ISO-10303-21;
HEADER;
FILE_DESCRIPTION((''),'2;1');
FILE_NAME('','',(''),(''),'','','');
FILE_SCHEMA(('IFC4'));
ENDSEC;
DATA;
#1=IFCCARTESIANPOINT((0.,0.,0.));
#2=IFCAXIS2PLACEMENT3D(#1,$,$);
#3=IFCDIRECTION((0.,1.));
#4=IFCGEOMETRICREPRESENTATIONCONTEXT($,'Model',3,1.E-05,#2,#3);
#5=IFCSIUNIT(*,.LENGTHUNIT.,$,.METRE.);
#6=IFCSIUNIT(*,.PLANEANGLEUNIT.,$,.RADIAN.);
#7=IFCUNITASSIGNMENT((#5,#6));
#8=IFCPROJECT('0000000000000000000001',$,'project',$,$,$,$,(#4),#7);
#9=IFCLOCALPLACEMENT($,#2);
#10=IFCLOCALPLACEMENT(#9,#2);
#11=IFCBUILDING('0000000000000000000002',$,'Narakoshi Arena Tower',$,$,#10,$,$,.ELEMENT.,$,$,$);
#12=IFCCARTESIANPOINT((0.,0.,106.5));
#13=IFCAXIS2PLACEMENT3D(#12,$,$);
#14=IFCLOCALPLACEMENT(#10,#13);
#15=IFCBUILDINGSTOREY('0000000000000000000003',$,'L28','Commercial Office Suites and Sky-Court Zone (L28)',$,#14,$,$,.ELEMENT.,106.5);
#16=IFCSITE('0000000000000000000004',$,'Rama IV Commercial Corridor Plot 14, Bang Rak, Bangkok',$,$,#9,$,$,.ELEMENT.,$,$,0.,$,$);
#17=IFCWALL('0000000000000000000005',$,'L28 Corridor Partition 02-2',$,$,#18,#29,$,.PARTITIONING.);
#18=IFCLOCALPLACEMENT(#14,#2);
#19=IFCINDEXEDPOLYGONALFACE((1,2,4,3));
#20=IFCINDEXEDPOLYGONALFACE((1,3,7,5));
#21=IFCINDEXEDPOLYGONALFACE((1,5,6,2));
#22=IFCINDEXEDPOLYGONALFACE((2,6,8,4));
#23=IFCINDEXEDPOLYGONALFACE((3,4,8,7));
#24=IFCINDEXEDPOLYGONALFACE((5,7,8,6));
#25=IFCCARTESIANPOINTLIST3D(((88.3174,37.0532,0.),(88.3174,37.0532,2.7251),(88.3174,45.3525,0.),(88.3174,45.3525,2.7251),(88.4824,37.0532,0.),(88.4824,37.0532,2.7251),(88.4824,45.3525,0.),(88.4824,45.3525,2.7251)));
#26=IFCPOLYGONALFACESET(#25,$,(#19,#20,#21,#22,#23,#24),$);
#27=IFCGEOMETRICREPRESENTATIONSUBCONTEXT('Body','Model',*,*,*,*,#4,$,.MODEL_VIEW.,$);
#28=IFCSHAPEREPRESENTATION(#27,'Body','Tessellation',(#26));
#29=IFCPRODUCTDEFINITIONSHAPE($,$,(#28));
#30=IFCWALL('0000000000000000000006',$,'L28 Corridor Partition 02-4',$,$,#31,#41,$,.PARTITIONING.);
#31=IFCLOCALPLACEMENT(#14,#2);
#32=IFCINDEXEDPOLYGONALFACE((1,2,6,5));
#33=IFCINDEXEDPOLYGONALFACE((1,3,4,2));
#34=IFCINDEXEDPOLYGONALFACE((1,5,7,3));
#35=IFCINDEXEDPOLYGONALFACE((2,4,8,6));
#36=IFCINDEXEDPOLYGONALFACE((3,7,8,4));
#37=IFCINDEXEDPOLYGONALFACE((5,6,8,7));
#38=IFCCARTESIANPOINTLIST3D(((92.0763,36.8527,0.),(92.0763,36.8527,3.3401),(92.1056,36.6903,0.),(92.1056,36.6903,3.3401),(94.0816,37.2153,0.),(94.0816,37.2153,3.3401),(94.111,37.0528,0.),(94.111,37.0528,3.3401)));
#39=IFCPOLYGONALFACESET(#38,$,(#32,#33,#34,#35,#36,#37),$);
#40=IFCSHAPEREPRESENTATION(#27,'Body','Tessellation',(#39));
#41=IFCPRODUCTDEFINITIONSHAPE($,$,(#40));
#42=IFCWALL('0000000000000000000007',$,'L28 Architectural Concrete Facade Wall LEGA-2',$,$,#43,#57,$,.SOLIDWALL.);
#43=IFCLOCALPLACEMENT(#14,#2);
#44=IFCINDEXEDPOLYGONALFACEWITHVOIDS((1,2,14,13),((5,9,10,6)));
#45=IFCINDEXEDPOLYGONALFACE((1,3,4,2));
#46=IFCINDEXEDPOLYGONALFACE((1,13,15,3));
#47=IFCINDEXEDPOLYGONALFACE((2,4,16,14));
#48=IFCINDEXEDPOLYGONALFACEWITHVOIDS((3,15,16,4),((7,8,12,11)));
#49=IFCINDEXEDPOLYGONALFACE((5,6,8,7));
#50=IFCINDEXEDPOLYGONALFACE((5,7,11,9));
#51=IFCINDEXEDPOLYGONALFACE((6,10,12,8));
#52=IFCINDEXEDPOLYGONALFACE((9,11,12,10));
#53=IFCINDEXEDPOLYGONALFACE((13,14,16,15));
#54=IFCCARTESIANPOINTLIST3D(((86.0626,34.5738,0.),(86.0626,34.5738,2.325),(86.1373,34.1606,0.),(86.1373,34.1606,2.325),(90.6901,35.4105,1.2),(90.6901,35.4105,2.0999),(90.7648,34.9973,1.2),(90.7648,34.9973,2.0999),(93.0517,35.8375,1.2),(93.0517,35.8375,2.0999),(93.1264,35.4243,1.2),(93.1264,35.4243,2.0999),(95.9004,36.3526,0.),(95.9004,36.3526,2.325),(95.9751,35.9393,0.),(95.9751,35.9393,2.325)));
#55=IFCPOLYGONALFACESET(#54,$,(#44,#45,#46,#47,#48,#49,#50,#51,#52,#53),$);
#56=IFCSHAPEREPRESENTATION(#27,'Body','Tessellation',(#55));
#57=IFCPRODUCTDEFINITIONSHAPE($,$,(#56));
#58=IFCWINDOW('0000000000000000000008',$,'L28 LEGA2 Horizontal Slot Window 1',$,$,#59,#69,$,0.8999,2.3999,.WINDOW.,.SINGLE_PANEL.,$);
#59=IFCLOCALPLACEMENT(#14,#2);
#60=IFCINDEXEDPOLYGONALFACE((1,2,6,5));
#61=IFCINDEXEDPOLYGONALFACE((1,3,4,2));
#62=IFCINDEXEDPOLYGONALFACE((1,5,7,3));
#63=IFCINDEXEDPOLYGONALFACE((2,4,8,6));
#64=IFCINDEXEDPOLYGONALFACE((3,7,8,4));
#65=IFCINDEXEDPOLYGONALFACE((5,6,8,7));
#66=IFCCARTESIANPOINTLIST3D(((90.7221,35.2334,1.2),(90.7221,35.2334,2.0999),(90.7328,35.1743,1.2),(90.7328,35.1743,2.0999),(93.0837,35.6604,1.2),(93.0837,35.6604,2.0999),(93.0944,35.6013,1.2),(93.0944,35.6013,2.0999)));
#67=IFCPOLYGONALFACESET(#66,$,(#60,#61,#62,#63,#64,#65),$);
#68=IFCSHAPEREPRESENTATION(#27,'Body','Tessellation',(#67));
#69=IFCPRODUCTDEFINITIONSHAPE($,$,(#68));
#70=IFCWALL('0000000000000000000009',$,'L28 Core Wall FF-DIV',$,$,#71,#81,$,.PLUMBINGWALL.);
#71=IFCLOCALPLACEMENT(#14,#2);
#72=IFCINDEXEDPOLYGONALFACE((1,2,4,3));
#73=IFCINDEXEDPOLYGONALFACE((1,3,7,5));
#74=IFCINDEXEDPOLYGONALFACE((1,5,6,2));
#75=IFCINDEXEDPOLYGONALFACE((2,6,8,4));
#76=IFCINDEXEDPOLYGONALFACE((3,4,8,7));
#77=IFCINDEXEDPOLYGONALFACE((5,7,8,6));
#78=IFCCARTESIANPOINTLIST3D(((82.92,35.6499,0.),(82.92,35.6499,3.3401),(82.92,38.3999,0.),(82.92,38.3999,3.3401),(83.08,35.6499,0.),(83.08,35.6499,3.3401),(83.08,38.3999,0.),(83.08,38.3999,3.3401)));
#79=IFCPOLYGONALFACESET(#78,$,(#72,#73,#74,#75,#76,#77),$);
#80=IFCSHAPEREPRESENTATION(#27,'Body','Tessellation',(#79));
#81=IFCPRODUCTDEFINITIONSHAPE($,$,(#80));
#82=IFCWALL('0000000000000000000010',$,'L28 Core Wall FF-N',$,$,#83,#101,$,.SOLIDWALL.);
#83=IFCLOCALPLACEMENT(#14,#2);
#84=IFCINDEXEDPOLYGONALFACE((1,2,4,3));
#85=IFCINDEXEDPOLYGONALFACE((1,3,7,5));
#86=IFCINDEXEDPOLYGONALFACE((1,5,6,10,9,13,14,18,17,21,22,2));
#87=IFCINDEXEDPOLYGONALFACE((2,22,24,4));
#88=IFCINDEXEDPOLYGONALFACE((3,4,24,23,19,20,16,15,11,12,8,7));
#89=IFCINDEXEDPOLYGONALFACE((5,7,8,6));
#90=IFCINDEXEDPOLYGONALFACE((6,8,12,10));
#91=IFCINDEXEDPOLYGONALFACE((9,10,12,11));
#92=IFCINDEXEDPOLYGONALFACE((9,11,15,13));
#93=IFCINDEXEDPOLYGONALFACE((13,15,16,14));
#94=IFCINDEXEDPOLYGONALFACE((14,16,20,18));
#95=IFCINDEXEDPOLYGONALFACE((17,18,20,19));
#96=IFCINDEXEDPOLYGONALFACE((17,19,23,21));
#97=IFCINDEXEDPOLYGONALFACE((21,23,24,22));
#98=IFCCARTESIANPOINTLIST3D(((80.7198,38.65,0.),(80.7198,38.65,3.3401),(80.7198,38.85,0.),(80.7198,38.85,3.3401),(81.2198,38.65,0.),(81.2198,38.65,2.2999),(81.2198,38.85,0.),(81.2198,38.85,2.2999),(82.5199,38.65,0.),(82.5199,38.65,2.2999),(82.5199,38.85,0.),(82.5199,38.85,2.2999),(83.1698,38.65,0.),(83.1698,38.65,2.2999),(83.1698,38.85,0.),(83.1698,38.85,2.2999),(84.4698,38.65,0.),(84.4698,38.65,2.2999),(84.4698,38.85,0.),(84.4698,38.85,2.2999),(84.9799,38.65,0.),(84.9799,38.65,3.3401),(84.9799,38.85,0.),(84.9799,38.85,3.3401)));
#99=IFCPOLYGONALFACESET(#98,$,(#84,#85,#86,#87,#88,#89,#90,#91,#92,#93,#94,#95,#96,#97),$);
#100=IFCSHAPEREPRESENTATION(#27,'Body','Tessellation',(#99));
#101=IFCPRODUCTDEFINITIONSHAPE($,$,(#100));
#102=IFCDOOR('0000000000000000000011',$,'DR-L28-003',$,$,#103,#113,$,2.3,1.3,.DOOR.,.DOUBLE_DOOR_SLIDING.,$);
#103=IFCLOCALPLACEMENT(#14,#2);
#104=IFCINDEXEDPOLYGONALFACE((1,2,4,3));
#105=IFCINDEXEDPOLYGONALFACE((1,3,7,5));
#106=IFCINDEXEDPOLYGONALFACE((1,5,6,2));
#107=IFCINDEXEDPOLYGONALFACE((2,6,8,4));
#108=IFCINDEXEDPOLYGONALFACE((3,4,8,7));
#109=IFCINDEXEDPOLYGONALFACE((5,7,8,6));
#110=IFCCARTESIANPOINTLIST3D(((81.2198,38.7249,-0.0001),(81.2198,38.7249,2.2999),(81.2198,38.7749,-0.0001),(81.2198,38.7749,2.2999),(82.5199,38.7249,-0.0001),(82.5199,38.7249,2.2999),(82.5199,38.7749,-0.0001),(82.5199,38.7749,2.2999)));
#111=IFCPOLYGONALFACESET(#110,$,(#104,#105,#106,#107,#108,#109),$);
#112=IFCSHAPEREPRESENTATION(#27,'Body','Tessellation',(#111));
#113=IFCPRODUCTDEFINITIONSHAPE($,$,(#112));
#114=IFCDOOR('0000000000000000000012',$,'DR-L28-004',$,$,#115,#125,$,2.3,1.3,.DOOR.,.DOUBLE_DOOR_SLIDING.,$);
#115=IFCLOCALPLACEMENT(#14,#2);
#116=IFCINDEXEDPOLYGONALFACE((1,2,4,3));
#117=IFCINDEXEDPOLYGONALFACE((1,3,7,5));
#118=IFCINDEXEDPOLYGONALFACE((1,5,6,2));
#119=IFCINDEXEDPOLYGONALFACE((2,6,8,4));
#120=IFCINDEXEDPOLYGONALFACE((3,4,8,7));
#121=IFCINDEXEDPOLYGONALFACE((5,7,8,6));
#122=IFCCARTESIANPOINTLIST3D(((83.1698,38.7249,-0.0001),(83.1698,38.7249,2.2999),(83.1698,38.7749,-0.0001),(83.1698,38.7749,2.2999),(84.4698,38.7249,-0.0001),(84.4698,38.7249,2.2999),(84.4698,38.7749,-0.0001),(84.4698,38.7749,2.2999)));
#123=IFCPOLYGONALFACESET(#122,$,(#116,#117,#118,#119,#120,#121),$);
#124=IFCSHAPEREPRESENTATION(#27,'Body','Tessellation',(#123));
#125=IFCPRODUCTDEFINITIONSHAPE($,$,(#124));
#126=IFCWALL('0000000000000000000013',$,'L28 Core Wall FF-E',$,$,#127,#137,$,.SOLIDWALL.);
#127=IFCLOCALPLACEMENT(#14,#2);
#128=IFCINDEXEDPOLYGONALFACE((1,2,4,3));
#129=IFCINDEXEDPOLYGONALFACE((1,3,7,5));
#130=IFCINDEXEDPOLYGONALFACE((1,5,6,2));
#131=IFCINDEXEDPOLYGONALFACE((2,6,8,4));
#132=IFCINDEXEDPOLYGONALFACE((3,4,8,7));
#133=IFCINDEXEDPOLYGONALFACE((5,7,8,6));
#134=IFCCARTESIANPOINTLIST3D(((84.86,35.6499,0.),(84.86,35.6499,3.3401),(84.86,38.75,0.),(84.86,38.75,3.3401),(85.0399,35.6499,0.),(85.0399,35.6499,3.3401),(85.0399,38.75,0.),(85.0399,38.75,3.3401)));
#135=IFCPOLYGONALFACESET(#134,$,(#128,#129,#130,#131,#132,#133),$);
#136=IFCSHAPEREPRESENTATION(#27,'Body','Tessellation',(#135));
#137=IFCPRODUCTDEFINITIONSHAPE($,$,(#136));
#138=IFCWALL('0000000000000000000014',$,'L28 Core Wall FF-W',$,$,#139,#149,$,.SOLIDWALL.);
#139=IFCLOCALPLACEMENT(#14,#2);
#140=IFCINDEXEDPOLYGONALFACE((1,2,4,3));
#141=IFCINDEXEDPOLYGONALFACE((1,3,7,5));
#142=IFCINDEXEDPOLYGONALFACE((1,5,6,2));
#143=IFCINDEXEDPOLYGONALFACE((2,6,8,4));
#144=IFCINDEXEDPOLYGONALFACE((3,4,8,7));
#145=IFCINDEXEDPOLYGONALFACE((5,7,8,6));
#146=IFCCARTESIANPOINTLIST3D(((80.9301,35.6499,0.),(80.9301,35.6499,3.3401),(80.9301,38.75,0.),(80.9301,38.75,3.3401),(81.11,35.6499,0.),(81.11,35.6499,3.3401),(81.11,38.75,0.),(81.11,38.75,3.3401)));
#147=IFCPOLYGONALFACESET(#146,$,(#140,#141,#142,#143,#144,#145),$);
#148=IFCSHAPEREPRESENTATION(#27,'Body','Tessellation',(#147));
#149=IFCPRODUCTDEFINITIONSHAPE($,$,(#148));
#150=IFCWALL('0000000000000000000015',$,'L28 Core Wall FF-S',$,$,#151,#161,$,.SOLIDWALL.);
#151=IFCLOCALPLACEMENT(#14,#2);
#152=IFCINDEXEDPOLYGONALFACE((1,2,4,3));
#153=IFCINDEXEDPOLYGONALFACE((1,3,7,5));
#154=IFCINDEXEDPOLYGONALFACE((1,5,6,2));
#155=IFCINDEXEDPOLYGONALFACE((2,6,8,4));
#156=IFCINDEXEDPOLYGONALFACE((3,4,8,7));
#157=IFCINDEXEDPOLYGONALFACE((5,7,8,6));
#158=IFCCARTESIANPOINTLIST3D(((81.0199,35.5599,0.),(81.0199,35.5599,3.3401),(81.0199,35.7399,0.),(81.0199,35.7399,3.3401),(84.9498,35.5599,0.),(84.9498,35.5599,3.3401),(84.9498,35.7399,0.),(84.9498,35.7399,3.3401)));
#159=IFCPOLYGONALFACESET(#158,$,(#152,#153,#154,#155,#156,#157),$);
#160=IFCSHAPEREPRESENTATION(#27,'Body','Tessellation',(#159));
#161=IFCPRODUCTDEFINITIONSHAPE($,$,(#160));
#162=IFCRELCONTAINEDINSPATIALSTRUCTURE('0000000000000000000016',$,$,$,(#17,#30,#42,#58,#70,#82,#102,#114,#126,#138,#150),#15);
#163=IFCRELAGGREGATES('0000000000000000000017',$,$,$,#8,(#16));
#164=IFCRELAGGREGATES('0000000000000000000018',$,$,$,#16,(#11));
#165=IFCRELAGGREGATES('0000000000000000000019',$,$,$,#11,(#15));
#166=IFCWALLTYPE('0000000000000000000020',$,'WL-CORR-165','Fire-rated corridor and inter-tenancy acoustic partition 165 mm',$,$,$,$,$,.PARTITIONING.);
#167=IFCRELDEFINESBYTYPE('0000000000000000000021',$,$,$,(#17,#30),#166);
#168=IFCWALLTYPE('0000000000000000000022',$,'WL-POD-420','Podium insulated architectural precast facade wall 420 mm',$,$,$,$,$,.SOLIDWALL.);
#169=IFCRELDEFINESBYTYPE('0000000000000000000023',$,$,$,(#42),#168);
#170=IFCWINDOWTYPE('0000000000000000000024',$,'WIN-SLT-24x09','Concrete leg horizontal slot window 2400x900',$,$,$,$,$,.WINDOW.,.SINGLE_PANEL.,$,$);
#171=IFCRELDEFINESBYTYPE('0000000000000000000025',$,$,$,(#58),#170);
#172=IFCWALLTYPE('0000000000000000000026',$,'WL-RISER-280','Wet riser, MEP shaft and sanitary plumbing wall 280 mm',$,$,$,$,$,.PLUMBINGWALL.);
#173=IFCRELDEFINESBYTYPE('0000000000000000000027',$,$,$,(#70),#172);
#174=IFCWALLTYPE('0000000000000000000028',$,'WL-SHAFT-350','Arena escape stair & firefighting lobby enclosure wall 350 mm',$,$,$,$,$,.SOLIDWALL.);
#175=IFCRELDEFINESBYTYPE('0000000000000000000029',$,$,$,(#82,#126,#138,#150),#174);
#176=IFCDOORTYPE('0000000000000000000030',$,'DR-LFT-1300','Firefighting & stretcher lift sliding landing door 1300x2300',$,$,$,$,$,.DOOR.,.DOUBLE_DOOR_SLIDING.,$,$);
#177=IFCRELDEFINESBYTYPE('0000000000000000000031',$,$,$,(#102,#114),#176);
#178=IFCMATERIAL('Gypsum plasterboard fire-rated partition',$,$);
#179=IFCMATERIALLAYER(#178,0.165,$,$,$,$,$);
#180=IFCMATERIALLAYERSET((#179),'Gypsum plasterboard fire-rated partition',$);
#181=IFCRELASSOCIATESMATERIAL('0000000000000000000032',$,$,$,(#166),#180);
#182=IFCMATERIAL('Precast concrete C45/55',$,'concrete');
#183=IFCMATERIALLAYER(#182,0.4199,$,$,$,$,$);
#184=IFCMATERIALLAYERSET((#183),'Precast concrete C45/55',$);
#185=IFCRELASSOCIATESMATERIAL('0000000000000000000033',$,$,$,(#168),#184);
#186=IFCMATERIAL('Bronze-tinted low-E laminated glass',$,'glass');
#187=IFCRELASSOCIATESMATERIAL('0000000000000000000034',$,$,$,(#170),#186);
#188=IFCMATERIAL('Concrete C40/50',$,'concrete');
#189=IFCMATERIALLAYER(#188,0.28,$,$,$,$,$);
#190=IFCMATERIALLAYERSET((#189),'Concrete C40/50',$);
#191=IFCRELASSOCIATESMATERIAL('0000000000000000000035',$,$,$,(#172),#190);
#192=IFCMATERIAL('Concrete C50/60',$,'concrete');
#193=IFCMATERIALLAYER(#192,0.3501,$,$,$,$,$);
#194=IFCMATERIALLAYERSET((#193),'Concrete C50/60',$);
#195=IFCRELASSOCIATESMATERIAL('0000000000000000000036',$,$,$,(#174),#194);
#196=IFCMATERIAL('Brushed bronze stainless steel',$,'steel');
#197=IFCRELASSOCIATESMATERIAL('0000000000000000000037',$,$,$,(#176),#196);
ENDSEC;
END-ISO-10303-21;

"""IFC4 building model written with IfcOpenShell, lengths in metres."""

from ifc_helpers import new_model, si_unit, direction, frame, frame_2d, origin, place, context, subcontext, project, spatial, rectangle, extrude, material, layer, layer_set, type_object, element, fill, save


model = new_model("IFC4")

# Units and contexts
model_context = context("Model", 3, precision=1e-05, world=origin(), true_north=direction((0.0, 1.0)))
body_context = subcontext(model_context, "Body", "Model", "MODEL_VIEW")
ifc_project = project(units=[si_unit("LENGTHUNIT", "METRE"), si_unit("PLANEANGLEUNIT", "RADIAN")], contexts=[model_context])

# Site, building, storey
site_placement = place(None, origin())
site = spatial("IfcSite", under=ifc_project, at=site_placement, Name="Rama IV Commercial Corridor Plot 14, Bang Rak, Bangkok", CompositionType="ELEMENT", RefElevation=0.0)
building_placement = place(site_placement, origin())
building = spatial("IfcBuilding", under=site, at=building_placement, Name="Narakoshi Arena Tower", CompositionType="ELEMENT")
storey_placement = place(building_placement, frame((0.0, 0.0, 106.5)))
storey = spatial("IfcBuildingStorey", under=building, at=storey_placement, Name="L28", Description="Commercial Office Suites and Sky-Court Zone (L28)", CompositionType="ELEMENT", Elevation=106.5)

# Walls
ifc_material_1 = material(Name="Gypsum plasterboard fire-rated partition")
ifc_layer_1 = layer(ifc_material_1, 0.165)
ifc_layer_set_1 = layer_set([ifc_layer_1], Name="Gypsum plasterboard fire-rated partition")
wall_type_1 = type_object("IfcWallType", Name="WL-CORR-165", Description="Fire-rated corridor and inter-tenancy acoustic partition 165 mm", PredefinedType="PARTITIONING", material=ifc_layer_set_1)
wall_1_placement = place(storey_placement, frame((88.3999, 37.0532, 0.0), z_axis=(0.0, 0.0, 1.0), x_axis=(0.0, 1.0, 0.0)))
element("IfcWall", 1, at=wall_1_placement, inside=storey, type_object=wall_type_1, Name="L28 Corridor Partition 02-2", PredefinedType="PARTITIONING", context=body_context, shape_type="SweptSolid", body=[
    extrude(rectangle(XDim=8.2993, YDim=0.165, at=frame_2d((4.1497, 0.0))), origin(), (0.0, 0.0, 1.0), 2.7251),
])
wall_2_placement = place(storey_placement, frame((92.0908, 36.7715, 0.0), z_axis=(0.0, 0.0, 1.0), x_axis=(0.984048, 0.177905, 0.0)))
element("IfcWall", 2, at=wall_2_placement, inside=storey, type_object=wall_type_1, Name="L28 Corridor Partition 02-4", PredefinedType="PARTITIONING", context=body_context, shape_type="SweptSolid", body=[
    extrude(rectangle(XDim=2.0378, YDim=0.165, at=frame_2d((1.019, 0.0))), origin(), (0.0, 0.0, 1.0), 3.3401),
])

# Wall, opening, window
ifc_material_2 = material(Name="Precast concrete C45/55", Category="concrete")
ifc_layer_2 = layer(ifc_material_2, 0.4199)
ifc_layer_set_2 = layer_set([ifc_layer_2], Name="Precast concrete C45/55")
wall_type_2 = type_object("IfcWallType", Name="WL-POD-420", Description="Podium insulated architectural precast facade wall 420 mm", PredefinedType="SOLIDWALL", material=ifc_layer_set_2)
wall_3_placement = place(storey_placement, frame((86.1001, 34.3672, 0.0), z_axis=(0.0, 0.0, 1.0), x_axis=(0.984044, 0.177927, 0.0)))
wall_3 = element("IfcWall", 3, at=wall_3_placement, inside=storey, type_object=wall_type_2, Name="L28 Architectural Concrete Facade Wall LEGA-2", PredefinedType="SOLIDWALL", context=body_context, shape_type="SweptSolid", body=[
    extrude(rectangle(XDim=9.9973, YDim=0.4199, at=frame_2d((4.9985, 0.0))), origin(), (0.0, 0.0, 1.0), 2.325),
])
opening_1_placement = place(wall_3_placement, frame((4.7024, 0.0, 1.2)))
opening_1 = element("IfcOpeningElement", 4, at=opening_1_placement, cuts=wall_3, PredefinedType="OPENING", context=body_context, shape_type="SweptSolid", body=[
    extrude(rectangle(XDim=2.3999, YDim=0.8999, at=frame_2d((1.2, 0.45))), frame((0.0, 0.22, 0.0), z_axis=(0.0, -1.0, 0.0), x_axis=(1.0, 0.0, 0.0)), (0.0, 0.0, 1.0), 0.4399),
])
ifc_material_3 = material(Name="Bronze-tinted low-E laminated glass", Category="glass")
window_type = type_object("IfcWindowType", Name="WIN-SLT-24x09", Description="Concrete leg horizontal slot window 2400x900", PartitioningType="SINGLE_PANEL", PredefinedType="WINDOW", material=ifc_material_3)
window_placement = place(opening_1_placement, origin())
window = element("IfcWindow", 5, at=window_placement, inside=storey, type_object=window_type, Name="L28 LEGA2 Horizontal Slot Window 1", OverallHeight=0.8999, OverallWidth=2.3999, PartitioningType="SINGLE_PANEL", PredefinedType="WINDOW", context=body_context, shape_type="SweptSolid", body=[
    extrude(rectangle(XDim=2.3999, YDim=0.8999, at=frame_2d((1.2, 0.45))), frame((0.0, 0.03, 0.0), z_axis=(0.0, -1.0, 0.0), x_axis=(1.0, 0.0, 0.0)), (0.0, 0.0, 1.0), 0.0601),
])
fill(opening_1, window)

# Wall
ifc_material_4 = material(Name="Concrete C40/50", Category="concrete")
ifc_layer_3 = layer(ifc_material_4, 0.28)
ifc_layer_set_3 = layer_set([ifc_layer_3], Name="Concrete C40/50")
wall_type_3 = type_object("IfcWallType", Name="WL-RISER-280", Description="Wet riser, MEP shaft and sanitary plumbing wall 280 mm", PredefinedType="PLUMBINGWALL", material=ifc_layer_set_3)
wall_4_placement = place(storey_placement, frame((83.0, 35.6499, 0.0), z_axis=(0.0, 0.0, 1.0), x_axis=(0.0, 1.0, 0.0)))
element("IfcWall", 6, at=wall_4_placement, inside=storey, type_object=wall_type_3, Name="L28 Core Wall FF-DIV", PredefinedType="PLUMBINGWALL", context=body_context, shape_type="SweptSolid", body=[
    extrude(rectangle(XDim=2.75, YDim=0.1599, at=frame_2d((1.375, 0.0))), origin(), (0.0, 0.0, 1.0), 3.3401),
])

# Wall, openings, doors
ifc_material_5 = material(Name="Concrete C50/60", Category="concrete")
ifc_layer_4 = layer(ifc_material_5, 0.3501)
ifc_layer_set_4 = layer_set([ifc_layer_4], Name="Concrete C50/60")
wall_type_4 = type_object("IfcWallType", Name="WL-SHAFT-350", Description="Arena escape stair & firefighting lobby enclosure wall 350 mm", PredefinedType="SOLIDWALL", material=ifc_layer_set_4)
wall_5_placement = place(storey_placement, frame((80.72, 38.75, 0.0), z_axis=(0.0, 0.0, 1.0), x_axis=(1.0, 0.0, 0.0)))
wall_5 = element("IfcWall", 7, at=wall_5_placement, inside=storey, type_object=wall_type_4, Name="L28 Core Wall FF-N", PredefinedType="SOLIDWALL", context=body_context, shape_type="SweptSolid", body=[
    extrude(rectangle(XDim=4.26, YDim=0.2, at=frame_2d((2.1299, 0.0))), origin(), (0.0, 0.0, 1.0), 3.3401),
])
opening_2_placement = place(wall_5_placement, frame((0.5, 0.0, 0.0)))
opening_2 = element("IfcOpeningElement", 8, at=opening_2_placement, cuts=wall_5, PredefinedType="OPENING", context=body_context, shape_type="SweptSolid", body=[
    extrude(rectangle(XDim=1.3, YDim=2.3, at=frame_2d((0.6499, 1.1499))), frame((0.0, 0.1099, 0.0), z_axis=(0.0, -1.0, 0.0), x_axis=(1.0, 0.0, 0.0)), (0.0, 0.0, 1.0), 0.22),
])
opening_3_placement = place(wall_5_placement, frame((2.45, 0.0, 0.0)))
opening_3 = element("IfcOpeningElement", 9, at=opening_3_placement, cuts=wall_5, PredefinedType="OPENING", context=body_context, shape_type="SweptSolid", body=[
    extrude(rectangle(XDim=1.3, YDim=2.3, at=frame_2d((0.6499, 1.1499))), frame((0.0, 0.1099, 0.0), z_axis=(0.0, -1.0, 0.0), x_axis=(1.0, 0.0, 0.0)), (0.0, 0.0, 1.0), 0.22),
])
ifc_material_6 = material(Name="Brushed bronze stainless steel", Category="steel")
door_type_1 = type_object("IfcDoorType", Name="DR-LFT-1300", Description="Firefighting & stretcher lift sliding landing door 1300x2300", OperationType="DOUBLE_DOOR_SLIDING", PredefinedType="DOOR", material=ifc_material_6)
door_1_placement = place(opening_2_placement, origin())
door_1 = element("IfcDoor", 10, at=door_1_placement, inside=storey, type_object=door_type_1, Name="DR-L28-003", OperationType="DOUBLE_DOOR_SLIDING", OverallHeight=2.3, OverallWidth=1.3, PredefinedType="DOOR", context=body_context, shape_type="SweptSolid", body=[
    extrude(rectangle(XDim=1.3, YDim=2.3, at=frame_2d((0.6499, 1.1499))), frame((0.0, 0.0249, 0.0), z_axis=(0.0, -1.0, 0.0), x_axis=(1.0, 0.0, 0.0)), (0.0, 0.0, 1.0), 0.05),
])
fill(opening_2, door_1)
door_2_placement = place(opening_3_placement, origin())
door_2 = element("IfcDoor", 11, at=door_2_placement, inside=storey, type_object=door_type_1, Name="DR-L28-004", OperationType="DOUBLE_DOOR_SLIDING", OverallHeight=2.3, OverallWidth=1.3, PredefinedType="DOOR", context=body_context, shape_type="SweptSolid", body=[
    extrude(rectangle(XDim=1.3, YDim=2.3, at=frame_2d((0.6499, 1.1499))), frame((0.0, 0.0249, 0.0), z_axis=(0.0, -1.0, 0.0), x_axis=(1.0, 0.0, 0.0)), (0.0, 0.0, 1.0), 0.05),
])
fill(opening_3, door_2)

# Walls
for number, where, z_axis, x_axis, name in (
    (12, (84.95, 35.6499, 0.0), (0.0, 0.0, 1.0), (0.0, 1.0, 0.0), "L28 Core Wall FF-E"),
    (13, (81.02, 35.6499, 0.0), (0.0, 0.0, 1.0), (0.0, 1.0, 0.0), "L28 Core Wall FF-W"),
):
    element("IfcWall", number, at=place(storey_placement, frame(where, z_axis=z_axis, x_axis=x_axis)), inside=storey, type_object=wall_type_4, Name=name, PredefinedType="SOLIDWALL", context=body_context, shape_type="SweptSolid", body=[
        extrude(rectangle(XDim=3.1001, YDim=0.1799, at=frame_2d((1.55, 0.0))), origin(), (0.0, 0.0, 1.0), 3.3401),
    ])
wall_6_placement = place(storey_placement, frame((81.02, 35.6499, 0.0), z_axis=(0.0, 0.0, 1.0), x_axis=(1.0, 0.0, 0.0)))
element("IfcWall", 14, at=wall_6_placement, inside=storey, type_object=wall_type_4, Name="L28 Core Wall FF-S", PredefinedType="SOLIDWALL", context=body_context, shape_type="SweptSolid", body=[
    extrude(rectangle(XDim=3.9299, YDim=0.1799, at=frame_2d((1.9648, 0.0))), origin(), (0.0, 0.0, 1.0), 3.3401),
])

save(model, "model.ifc")
